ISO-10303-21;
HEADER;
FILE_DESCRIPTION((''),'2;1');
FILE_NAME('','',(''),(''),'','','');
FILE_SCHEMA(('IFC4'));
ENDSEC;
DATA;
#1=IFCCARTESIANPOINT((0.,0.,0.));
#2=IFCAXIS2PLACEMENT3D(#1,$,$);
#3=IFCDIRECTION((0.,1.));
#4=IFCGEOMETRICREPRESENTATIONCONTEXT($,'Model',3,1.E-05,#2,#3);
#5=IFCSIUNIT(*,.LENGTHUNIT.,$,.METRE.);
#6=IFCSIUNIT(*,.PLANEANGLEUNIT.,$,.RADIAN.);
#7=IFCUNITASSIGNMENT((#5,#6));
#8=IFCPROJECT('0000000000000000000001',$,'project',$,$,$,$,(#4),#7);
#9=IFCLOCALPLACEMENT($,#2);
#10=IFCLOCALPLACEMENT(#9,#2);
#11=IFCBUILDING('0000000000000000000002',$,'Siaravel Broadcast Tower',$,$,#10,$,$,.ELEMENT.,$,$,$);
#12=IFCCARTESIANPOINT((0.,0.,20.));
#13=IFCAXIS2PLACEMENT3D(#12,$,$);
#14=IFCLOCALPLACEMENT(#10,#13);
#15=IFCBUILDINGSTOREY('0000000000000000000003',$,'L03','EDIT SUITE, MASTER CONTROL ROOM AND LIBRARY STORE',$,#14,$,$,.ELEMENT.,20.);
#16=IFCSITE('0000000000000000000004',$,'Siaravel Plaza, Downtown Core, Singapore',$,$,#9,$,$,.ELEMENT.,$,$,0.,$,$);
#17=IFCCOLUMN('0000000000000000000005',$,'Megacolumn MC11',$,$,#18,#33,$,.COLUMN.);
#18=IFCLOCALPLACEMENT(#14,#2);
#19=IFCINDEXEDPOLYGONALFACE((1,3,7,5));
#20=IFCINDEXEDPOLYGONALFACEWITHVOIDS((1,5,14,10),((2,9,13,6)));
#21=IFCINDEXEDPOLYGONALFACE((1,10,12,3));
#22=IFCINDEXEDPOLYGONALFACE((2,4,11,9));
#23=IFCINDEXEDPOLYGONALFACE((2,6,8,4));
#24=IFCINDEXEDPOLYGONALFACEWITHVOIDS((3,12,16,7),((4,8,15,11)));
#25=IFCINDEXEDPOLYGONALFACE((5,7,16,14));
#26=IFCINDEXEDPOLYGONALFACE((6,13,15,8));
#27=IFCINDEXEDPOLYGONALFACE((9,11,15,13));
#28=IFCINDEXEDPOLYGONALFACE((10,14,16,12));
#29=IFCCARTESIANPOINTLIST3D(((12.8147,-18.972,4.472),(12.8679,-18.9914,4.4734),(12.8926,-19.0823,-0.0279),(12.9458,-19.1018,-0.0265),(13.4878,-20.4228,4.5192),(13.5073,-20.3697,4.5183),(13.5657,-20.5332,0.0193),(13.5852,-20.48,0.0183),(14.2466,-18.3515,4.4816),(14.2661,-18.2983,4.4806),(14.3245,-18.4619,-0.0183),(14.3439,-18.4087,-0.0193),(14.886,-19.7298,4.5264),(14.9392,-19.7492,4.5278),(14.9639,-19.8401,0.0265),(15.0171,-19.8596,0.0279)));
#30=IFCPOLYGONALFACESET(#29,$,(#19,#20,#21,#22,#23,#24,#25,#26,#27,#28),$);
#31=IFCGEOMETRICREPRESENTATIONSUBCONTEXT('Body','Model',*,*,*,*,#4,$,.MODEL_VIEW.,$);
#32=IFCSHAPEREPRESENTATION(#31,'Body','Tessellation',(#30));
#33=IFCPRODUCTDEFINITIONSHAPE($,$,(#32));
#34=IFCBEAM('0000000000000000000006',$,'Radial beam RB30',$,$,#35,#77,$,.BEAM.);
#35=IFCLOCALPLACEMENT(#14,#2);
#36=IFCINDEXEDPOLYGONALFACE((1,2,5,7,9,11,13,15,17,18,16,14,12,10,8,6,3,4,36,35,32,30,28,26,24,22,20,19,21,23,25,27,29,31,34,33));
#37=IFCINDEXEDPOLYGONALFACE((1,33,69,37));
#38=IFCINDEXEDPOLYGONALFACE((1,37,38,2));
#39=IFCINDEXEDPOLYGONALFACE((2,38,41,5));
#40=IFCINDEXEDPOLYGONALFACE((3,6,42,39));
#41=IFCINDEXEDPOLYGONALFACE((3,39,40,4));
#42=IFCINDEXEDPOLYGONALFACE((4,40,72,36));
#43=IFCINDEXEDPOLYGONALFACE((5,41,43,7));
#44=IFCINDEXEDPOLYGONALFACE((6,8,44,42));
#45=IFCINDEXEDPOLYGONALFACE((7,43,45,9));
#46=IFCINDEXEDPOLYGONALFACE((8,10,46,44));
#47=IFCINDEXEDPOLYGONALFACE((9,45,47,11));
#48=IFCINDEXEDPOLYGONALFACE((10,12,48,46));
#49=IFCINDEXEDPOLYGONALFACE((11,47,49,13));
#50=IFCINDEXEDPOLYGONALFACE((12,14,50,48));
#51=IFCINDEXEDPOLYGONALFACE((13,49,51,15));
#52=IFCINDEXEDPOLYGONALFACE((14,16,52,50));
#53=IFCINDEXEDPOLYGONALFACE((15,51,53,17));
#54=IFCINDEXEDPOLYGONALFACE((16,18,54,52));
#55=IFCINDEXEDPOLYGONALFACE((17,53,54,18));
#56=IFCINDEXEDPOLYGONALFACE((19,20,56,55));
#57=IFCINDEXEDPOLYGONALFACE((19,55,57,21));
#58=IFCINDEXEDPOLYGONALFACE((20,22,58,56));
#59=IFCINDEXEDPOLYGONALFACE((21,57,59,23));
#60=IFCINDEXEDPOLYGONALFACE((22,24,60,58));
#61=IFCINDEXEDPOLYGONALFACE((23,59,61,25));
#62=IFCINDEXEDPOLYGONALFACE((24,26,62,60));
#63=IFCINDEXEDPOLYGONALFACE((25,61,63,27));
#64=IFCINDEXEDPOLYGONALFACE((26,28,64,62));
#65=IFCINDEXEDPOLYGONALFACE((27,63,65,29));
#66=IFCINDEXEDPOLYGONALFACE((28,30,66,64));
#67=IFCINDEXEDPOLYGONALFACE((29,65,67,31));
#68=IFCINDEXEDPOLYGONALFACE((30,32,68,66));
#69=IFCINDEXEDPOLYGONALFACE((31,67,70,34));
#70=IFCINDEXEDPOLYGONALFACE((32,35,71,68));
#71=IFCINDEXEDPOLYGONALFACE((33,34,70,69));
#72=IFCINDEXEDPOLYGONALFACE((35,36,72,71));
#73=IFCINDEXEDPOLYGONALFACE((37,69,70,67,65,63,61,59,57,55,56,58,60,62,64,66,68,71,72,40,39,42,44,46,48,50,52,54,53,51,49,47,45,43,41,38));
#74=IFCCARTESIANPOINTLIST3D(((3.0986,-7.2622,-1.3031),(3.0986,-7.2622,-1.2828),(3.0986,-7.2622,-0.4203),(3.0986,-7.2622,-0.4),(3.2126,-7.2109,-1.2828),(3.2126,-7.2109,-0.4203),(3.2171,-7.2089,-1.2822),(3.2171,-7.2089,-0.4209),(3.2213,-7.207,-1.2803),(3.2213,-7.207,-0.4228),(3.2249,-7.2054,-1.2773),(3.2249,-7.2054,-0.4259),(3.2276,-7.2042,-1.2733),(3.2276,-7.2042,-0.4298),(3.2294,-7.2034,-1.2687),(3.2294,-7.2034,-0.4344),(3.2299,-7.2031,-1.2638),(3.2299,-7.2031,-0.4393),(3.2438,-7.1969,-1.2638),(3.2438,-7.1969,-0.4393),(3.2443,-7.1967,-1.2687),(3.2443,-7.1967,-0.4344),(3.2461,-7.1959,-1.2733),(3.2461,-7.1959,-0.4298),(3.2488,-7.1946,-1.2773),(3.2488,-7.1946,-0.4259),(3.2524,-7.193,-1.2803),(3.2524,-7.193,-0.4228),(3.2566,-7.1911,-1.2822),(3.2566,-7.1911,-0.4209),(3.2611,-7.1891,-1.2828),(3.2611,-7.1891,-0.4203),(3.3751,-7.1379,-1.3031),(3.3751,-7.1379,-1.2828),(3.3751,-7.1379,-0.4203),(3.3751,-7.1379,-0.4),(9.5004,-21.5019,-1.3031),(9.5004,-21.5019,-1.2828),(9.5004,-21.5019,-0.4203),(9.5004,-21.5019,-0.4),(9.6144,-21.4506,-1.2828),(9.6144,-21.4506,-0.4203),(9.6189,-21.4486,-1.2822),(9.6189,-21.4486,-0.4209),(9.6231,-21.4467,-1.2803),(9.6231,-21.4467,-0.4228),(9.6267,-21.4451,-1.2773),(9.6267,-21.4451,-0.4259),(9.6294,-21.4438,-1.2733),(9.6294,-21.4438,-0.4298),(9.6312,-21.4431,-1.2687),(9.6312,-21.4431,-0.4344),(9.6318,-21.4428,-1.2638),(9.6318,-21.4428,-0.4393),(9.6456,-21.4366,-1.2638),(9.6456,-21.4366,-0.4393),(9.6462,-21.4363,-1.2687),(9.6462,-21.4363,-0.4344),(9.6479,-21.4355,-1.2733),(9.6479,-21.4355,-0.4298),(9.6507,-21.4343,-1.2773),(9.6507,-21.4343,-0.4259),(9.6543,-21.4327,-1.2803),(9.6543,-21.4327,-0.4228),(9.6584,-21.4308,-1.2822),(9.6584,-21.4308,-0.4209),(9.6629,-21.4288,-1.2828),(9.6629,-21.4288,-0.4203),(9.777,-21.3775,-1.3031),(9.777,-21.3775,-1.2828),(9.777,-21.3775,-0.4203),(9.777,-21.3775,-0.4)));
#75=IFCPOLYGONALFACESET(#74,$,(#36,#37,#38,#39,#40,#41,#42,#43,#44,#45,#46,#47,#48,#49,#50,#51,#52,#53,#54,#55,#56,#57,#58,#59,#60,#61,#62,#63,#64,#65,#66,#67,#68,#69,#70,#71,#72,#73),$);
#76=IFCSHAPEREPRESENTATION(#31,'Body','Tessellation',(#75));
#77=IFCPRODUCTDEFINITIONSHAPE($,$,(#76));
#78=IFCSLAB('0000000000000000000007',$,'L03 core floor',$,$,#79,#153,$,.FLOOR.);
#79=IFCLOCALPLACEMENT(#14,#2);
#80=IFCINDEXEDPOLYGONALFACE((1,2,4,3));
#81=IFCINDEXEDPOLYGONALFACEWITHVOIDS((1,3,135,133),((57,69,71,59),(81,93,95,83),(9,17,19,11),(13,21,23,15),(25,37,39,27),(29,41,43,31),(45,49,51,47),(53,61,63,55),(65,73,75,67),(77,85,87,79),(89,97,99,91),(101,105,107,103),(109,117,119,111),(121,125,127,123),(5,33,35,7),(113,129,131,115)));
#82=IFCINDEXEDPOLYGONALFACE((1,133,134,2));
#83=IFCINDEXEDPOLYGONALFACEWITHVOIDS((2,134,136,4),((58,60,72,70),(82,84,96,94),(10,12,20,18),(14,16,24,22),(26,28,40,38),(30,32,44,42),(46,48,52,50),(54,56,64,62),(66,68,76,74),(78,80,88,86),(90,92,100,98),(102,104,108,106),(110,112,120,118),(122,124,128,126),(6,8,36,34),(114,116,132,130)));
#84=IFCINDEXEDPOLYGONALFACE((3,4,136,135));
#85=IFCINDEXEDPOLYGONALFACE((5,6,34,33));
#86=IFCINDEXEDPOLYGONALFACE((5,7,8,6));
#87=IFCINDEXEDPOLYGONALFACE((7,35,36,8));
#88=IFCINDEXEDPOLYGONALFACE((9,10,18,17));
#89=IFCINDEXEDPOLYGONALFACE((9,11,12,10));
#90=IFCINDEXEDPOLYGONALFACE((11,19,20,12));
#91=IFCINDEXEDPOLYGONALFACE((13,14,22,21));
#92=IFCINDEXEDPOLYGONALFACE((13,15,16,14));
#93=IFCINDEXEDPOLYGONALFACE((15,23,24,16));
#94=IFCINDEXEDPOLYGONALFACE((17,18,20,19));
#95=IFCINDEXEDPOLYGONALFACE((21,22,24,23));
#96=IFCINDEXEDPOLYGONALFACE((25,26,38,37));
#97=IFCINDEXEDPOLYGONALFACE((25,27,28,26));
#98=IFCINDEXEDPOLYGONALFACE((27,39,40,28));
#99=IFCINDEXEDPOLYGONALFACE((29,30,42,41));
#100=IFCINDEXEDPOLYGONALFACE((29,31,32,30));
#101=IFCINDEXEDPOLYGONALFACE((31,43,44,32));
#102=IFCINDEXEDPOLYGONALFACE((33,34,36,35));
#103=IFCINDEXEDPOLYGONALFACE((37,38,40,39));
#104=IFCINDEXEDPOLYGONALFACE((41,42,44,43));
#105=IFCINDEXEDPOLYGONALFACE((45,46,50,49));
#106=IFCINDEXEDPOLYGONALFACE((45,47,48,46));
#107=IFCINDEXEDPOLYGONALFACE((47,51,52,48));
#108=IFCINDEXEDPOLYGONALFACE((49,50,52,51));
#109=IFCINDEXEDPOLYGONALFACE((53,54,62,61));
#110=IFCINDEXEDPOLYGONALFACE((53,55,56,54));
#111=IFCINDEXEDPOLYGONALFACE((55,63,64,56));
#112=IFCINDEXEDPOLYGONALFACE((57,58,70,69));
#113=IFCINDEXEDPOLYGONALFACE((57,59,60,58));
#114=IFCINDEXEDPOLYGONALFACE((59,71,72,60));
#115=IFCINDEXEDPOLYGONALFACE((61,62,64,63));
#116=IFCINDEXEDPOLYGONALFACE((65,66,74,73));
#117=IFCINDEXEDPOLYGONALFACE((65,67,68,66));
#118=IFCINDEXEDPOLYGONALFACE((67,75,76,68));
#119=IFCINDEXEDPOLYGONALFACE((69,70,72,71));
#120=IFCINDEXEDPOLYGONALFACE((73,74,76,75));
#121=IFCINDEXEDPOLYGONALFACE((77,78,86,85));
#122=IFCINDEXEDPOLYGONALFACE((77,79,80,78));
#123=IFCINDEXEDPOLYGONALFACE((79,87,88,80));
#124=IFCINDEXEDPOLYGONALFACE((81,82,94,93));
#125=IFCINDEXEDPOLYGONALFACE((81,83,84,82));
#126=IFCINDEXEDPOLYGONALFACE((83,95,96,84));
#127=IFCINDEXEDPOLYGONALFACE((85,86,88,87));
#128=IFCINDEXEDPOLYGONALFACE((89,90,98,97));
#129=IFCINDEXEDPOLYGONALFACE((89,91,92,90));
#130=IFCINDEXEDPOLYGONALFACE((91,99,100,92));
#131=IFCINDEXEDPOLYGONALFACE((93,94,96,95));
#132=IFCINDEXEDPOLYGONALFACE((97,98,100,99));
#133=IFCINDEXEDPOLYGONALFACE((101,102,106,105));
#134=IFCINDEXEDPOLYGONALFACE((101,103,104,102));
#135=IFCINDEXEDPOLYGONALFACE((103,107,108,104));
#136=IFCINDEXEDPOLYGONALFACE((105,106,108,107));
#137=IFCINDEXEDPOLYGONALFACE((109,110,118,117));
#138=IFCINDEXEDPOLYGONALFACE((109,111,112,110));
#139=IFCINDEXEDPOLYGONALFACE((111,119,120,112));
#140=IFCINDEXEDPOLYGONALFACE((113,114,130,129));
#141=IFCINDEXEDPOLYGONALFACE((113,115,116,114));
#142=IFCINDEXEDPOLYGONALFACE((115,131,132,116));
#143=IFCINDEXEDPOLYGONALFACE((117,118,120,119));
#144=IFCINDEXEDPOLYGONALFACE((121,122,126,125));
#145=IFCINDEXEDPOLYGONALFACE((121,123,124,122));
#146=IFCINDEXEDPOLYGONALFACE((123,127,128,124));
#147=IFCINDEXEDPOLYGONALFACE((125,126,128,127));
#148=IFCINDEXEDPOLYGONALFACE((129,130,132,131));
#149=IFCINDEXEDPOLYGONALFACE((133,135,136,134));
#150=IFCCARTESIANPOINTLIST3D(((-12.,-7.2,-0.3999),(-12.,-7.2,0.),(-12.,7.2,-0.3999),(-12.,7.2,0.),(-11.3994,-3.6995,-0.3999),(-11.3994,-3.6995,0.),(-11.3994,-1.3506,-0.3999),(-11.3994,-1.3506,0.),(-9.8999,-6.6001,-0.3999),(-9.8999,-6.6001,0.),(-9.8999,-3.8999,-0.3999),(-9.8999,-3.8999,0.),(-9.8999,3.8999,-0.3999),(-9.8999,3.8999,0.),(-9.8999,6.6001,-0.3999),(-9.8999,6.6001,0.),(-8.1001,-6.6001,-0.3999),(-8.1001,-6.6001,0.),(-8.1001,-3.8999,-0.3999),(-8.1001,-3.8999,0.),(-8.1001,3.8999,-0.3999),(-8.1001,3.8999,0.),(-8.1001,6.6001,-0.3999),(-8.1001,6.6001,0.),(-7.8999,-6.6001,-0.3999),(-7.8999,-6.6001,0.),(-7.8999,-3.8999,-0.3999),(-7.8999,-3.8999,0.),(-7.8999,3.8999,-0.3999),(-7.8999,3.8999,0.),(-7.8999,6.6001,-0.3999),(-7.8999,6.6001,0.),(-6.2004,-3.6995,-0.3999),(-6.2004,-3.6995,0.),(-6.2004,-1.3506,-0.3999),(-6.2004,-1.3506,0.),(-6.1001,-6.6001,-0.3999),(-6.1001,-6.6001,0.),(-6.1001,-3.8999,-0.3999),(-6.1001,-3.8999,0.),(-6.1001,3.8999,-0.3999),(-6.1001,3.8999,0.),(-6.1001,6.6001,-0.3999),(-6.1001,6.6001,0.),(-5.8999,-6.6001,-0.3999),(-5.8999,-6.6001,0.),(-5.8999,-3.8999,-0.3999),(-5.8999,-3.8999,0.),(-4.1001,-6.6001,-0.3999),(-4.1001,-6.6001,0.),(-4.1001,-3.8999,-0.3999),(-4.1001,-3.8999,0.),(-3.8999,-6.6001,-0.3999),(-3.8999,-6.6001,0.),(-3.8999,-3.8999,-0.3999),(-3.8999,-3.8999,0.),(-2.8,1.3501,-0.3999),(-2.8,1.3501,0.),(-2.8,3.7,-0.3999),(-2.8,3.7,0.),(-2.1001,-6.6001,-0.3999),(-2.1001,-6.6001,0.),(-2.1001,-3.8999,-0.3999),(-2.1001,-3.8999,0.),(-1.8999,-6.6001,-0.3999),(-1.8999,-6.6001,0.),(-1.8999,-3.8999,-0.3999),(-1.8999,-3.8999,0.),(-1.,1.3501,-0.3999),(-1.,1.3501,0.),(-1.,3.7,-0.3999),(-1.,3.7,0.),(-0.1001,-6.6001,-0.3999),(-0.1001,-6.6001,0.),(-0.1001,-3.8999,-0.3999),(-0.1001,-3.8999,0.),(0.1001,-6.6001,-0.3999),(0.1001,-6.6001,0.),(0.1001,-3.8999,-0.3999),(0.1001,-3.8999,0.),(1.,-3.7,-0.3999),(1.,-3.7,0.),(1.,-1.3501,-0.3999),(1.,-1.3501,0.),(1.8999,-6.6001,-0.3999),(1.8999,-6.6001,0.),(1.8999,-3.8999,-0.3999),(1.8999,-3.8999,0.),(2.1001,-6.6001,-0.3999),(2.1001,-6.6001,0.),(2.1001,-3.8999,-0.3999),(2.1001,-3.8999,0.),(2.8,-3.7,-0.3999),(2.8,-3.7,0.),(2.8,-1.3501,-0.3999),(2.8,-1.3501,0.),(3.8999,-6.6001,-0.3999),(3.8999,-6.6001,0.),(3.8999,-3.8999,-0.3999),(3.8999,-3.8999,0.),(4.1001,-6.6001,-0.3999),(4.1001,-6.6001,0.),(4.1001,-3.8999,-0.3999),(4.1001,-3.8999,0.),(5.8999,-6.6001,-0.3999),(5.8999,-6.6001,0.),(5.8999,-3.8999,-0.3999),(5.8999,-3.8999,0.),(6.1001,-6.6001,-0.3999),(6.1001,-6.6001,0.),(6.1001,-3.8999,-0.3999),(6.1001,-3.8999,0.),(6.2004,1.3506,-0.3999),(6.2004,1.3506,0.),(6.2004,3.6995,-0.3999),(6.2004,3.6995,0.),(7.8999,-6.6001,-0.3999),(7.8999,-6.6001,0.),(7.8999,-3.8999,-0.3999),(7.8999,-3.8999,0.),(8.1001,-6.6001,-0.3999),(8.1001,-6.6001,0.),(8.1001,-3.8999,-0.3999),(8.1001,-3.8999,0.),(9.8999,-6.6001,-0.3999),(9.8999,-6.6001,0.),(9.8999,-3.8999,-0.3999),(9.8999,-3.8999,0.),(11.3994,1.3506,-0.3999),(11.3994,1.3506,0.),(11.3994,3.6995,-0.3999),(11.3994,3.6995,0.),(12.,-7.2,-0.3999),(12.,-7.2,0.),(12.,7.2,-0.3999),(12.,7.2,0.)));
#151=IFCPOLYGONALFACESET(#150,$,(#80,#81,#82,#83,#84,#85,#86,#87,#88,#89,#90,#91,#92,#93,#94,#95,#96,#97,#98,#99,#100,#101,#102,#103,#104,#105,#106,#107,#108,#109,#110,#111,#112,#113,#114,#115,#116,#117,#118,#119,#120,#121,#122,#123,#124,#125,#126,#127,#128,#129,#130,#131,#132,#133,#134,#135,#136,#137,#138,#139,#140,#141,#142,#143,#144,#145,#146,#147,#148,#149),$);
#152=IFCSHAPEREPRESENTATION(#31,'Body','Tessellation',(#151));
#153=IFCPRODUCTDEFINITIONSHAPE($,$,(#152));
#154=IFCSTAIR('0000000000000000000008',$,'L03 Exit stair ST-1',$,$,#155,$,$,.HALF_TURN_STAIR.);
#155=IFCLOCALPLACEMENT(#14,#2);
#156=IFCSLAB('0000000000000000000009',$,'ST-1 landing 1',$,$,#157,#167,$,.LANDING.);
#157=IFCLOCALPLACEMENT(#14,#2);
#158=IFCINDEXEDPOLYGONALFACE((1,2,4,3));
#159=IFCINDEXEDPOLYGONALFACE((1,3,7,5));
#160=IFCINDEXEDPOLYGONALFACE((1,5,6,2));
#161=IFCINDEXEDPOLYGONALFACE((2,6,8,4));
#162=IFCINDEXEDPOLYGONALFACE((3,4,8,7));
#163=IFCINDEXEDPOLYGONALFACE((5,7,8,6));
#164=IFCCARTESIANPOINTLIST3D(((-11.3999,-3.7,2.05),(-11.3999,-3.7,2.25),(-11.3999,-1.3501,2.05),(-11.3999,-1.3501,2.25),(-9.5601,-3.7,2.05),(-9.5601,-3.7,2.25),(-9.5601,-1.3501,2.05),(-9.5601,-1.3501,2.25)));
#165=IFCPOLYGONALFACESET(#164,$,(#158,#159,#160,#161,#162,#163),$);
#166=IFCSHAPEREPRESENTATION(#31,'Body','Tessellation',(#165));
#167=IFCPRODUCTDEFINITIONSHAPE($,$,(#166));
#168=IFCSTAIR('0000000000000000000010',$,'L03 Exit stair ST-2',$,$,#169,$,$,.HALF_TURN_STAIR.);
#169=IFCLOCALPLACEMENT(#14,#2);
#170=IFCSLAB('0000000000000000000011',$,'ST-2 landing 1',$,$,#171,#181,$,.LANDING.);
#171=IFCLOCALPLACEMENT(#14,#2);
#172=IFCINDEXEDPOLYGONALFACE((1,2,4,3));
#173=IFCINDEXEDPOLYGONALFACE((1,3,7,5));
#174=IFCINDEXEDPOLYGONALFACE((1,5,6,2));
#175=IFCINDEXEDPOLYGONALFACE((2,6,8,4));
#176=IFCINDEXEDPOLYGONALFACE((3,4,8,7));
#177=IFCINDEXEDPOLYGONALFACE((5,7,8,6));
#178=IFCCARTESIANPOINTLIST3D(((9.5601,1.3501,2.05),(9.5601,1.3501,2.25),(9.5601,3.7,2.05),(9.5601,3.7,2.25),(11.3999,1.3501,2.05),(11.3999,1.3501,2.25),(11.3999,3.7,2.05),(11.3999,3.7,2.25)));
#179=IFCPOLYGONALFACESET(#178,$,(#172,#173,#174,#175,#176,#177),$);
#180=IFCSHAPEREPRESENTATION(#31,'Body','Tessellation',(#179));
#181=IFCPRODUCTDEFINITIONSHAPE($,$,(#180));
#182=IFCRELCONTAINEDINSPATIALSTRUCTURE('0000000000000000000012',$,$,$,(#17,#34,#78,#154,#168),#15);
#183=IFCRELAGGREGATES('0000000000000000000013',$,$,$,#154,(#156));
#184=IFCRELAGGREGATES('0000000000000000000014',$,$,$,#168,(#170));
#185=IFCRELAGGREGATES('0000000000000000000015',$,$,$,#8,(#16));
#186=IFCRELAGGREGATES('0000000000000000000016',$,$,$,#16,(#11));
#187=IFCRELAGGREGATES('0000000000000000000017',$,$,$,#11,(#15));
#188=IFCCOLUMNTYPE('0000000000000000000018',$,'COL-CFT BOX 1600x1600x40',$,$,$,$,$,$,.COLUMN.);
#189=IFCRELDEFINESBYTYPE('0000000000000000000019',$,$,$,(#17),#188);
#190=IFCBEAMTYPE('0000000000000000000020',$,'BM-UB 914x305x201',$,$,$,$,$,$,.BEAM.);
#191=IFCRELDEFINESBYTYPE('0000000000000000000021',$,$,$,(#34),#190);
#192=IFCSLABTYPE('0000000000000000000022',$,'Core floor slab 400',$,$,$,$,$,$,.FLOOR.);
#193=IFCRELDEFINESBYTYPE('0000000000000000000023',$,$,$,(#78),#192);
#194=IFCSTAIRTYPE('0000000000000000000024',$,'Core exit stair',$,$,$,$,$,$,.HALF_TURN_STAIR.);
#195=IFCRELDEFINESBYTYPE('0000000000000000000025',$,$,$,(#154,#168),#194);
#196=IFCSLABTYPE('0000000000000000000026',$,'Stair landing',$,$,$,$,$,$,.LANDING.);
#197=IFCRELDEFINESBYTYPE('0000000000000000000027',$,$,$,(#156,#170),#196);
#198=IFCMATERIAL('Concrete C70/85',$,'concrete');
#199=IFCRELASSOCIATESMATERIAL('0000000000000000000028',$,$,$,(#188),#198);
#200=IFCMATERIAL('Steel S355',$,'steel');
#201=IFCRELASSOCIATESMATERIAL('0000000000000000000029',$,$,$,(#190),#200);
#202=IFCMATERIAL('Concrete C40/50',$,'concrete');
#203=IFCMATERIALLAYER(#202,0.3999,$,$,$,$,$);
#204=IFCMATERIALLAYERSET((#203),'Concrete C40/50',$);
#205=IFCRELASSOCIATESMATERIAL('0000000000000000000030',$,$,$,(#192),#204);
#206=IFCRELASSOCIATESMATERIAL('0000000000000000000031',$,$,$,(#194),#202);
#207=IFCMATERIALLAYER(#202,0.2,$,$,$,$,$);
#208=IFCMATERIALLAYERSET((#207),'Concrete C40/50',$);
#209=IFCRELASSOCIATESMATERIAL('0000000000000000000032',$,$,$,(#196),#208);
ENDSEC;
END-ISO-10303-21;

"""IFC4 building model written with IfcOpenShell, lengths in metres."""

from ifc_helpers import new_model, si_unit, direction, frame, origin, origin_2d, place, context, subcontext, project, spatial, polyline, hollow_rectangle, i_section, outline, extrude, material, layer, layer_set, material_profile, profile_set, type_object, element, aggregate, save


model = new_model("IFC4")

# Units and contexts
model_context = context("Model", 3, precision=1e-05, world=origin(), true_north=direction((0.0, 1.0)))
body_context = subcontext(model_context, "Body", "Model", "MODEL_VIEW")
ifc_project = project(units=[si_unit("LENGTHUNIT", "METRE"), si_unit("PLANEANGLEUNIT", "RADIAN")], contexts=[model_context])

# Site, building, storey
site_placement = place(None, origin())
site = spatial("IfcSite", under=ifc_project, at=site_placement, Name="Siaravel Plaza, Downtown Core, Singapore", CompositionType="ELEMENT", RefElevation=0.0)
building_placement = place(site_placement, origin())
building = spatial("IfcBuilding", under=site, at=building_placement, Name="Siaravel Broadcast Tower", CompositionType="ELEMENT")
storey_placement = place(building_placement, frame((0.0, 0.0, 20.0)))
storey = spatial("IfcBuildingStorey", under=building, at=storey_placement, Name="L03", Description="EDIT SUITE, MASTER CONTROL ROOM AND LIBRARY STORE", CompositionType="ELEMENT", Elevation=20.0)

# Column
ifc_material_1 = material(Name="Concrete C70/85", Category="concrete")
ifc_material_profile_1 = material_profile(ifc_material_1, hollow_rectangle(XDim=1.6001, YDim=1.6001, WallThickness=0.04, at=origin_2d()))
ifc_profile_set_1 = profile_set([ifc_material_profile_1], Name="Concrete C70/85")
column_type = type_object("IfcColumnType", Name="COL-CFT BOX 1600x1600x40", PredefinedType="COLUMN", material=ifc_profile_set_1)
column_placement = place(storey_placement, frame((13.9548, -19.4709, 0.0), z_axis=(-0.017299, 0.024512, 0.99955), x_axis=(-0.907044, -0.421001, -0.005374)))
element("IfcColumn", 1, at=column_placement, inside=storey, type_object=column_type, Name="Megacolumn MC11", PredefinedType="COLUMN", context=body_context, shape_type="SweptSolid", body=[
    extrude(hollow_rectangle(XDim=1.6001, YDim=1.6001, WallThickness=0.04, at=origin_2d()), origin(), (0.0, 0.0, 1.0), 4.502),
])

# Beam
ifc_material_2 = material(Name="Steel S355", Category="steel")
ifc_material_profile_2 = material_profile(ifc_material_2, i_section(OverallWidth=0.3032, OverallDepth=0.9031, WebThickness=0.0151, FlangeThickness=0.0203, FilletRadius=0.019, at=origin_2d()))
ifc_profile_set_2 = profile_set([ifc_material_profile_2], Name="Steel S355")
beam_type = type_object("IfcBeamType", Name="BM-UB 914x305x201", PredefinedType="BEAM", material=ifc_profile_set_2)
beam_placement = place(storey_placement, frame((9.6387, -21.4397, -0.8516), z_axis=(-0.410043, 0.912066, 0.0), x_axis=(-0.912066, -0.410043, 0.0)))
element("IfcBeam", 2, at=beam_placement, inside=storey, type_object=beam_type, Name="Radial beam RB30", PredefinedType="BEAM", context=body_context, shape_type="SweptSolid", body=[
    extrude(i_section(OverallWidth=0.3032, OverallDepth=0.9031, WebThickness=0.0151, FlangeThickness=0.0203, FilletRadius=0.019, at=origin_2d()), origin(), (0.0, 0.0, 1.0), 15.6125),
])

# Slab
ifc_material_3 = material(Name="Concrete C40/50", Category="concrete")
ifc_layer_1 = layer(ifc_material_3, 0.3999)
ifc_layer_set_1 = layer_set([ifc_layer_1], Name="Concrete C40/50")
slab_type_1 = type_object("IfcSlabType", Name="Core floor slab 400", PredefinedType="FLOOR", material=ifc_layer_set_1)
slab_1_placement = place(storey_placement, frame((0.0, 0.0, -0.3999)))
element("IfcSlab", 3, at=slab_1_placement, inside=storey, type_object=slab_type_1, Name="L03 core floor", PredefinedType="FLOOR", context=body_context, shape_type="SweptSolid", body=[
    extrude(outline(polyline([(-12.0, -7.2), (-12.0, 7.2), (12.0, 7.2), (12.0, -7.2), (-12.0, -7.2)]), holes=[polyline([(11.3994, 1.3506), (11.3994, 3.6995), (6.2004, 3.6995), (6.2004, 1.3506), (11.3994, 1.3506)]), polyline([(9.8999, -3.8999), (8.1001, -3.8999), (8.1001, -6.6001), (9.8999, -6.6001), (9.8999, -3.8999)]), polyline([(7.8999, -3.8999), (6.1001, -3.8999), (6.1001, -6.6001), (7.8999, -6.6001), (7.8999, -3.8999)]), polyline([(5.8999, -3.8999), (4.1001, -3.8999), (4.1001, -6.6001), (5.8999, -6.6001), (5.8999, -3.8999)]), polyline([(3.8999, -3.8999), (2.1001, -3.8999), (2.1001, -6.6001), (3.8999, -6.6001), (3.8999, -3.8999)]), polyline([(2.8, -1.3501), (1.0, -1.3501), (1.0, -3.7), (2.8, -3.7), (2.8, -1.3501)]), polyline([(1.8999, -3.8999), (0.1001, -3.8999), (0.1001, -6.6001), (1.8999, -6.6001), (1.8999, -3.8999)]), polyline([(-0.1001, -3.8999), (-1.8999, -3.8999), (-1.8999, -6.6001), (-0.1001, -6.6001), (-0.1001, -3.8999)]), polyline([(-1.0, 3.7), (-2.8, 3.7), (-2.8, 1.3501), (-1.0, 1.3501), (-1.0, 3.7)]), polyline([(-2.1001, -3.8999), (-3.8999, -3.8999), (-3.8999, -6.6001), (-2.1001, -6.6001), (-2.1001, -3.8999)]), polyline([(-4.1001, -3.8999), (-5.8999, -3.8999), (-5.8999, -6.6001), (-4.1001, -6.6001), (-4.1001, -3.8999)]), polyline([(-6.1001, -3.8999), (-7.8999, -3.8999), (-7.8999, -6.6001), (-6.1001, -6.6001), (-6.1001, -3.8999)]), polyline([(-6.1001, 6.6001), (-7.8999, 6.6001), (-7.8999, 3.8999), (-6.1001, 3.8999), (-6.1001, 6.6001)]), polyline([(-11.3994, -1.3506), (-11.3994, -3.6995), (-6.2004, -3.6995), (-6.2004, -1.3506), (-11.3994, -1.3506)]), polyline([(-8.1001, -3.8999), (-9.8999, -3.8999), (-9.8999, -6.6001), (-8.1001, -6.6001), (-8.1001, -3.8999)]), polyline([(-8.1001, 6.6001), (-9.8999, 6.6001), (-9.8999, 3.8999), (-8.1001, 3.8999), (-8.1001, 6.6001)])]), origin(), (0.0, 0.0, 1.0), 0.3999),
])

# Stairs, slabs
stair_type = type_object("IfcStairType", Name="Core exit stair", PredefinedType="HALF_TURN_STAIR", material=ifc_material_3)
stair_1_placement = place(storey_placement, origin())
stair_1 = element("IfcStair", 4, at=stair_1_placement, inside=storey, type_object=stair_type, Name="L03 Exit stair ST-1", PredefinedType="HALF_TURN_STAIR")
ifc_layer_2 = layer(ifc_material_3, 0.2)
ifc_layer_set_2 = layer_set([ifc_layer_2], Name="Concrete C40/50")
slab_type_2 = type_object("IfcSlabType", Name="Stair landing", PredefinedType="LANDING", material=ifc_layer_set_2)
slab_2_placement = place(storey_placement, frame((0.0, 0.0, 2.05)))
slab_2 = element("IfcSlab", 5, at=slab_2_placement, type_object=slab_type_2, Name="ST-1 landing 1", PredefinedType="LANDING", context=body_context, shape_type="SweptSolid", body=[
    extrude(outline(polyline([(-9.5601, -1.3501), (-11.3999, -1.3501), (-11.3999, -3.7), (-9.5601, -3.7), (-9.5601, -1.3501)])), origin(), (0.0, 0.0, 1.0), 0.2),
])
aggregate(stair_1, [slab_2])
stair_2_placement = place(storey_placement, origin())
stair_2 = element("IfcStair", 6, at=stair_2_placement, inside=storey, type_object=stair_type, Name="L03 Exit stair ST-2", PredefinedType="HALF_TURN_STAIR")
slab_3_placement = place(storey_placement, frame((0.0, 0.0, 2.05)))
slab_3 = element("IfcSlab", 7, at=slab_3_placement, type_object=slab_type_2, Name="ST-2 landing 1", PredefinedType="LANDING", context=body_context, shape_type="SweptSolid", body=[
    extrude(outline(polyline([(9.5601, 1.3501), (11.3999, 1.3501), (11.3999, 3.7), (9.5601, 3.7), (9.5601, 1.3501)])), origin(), (0.0, 0.0, 1.0), 0.2),
])
aggregate(stair_2, [slab_3])

save(model, "model.ifc")
